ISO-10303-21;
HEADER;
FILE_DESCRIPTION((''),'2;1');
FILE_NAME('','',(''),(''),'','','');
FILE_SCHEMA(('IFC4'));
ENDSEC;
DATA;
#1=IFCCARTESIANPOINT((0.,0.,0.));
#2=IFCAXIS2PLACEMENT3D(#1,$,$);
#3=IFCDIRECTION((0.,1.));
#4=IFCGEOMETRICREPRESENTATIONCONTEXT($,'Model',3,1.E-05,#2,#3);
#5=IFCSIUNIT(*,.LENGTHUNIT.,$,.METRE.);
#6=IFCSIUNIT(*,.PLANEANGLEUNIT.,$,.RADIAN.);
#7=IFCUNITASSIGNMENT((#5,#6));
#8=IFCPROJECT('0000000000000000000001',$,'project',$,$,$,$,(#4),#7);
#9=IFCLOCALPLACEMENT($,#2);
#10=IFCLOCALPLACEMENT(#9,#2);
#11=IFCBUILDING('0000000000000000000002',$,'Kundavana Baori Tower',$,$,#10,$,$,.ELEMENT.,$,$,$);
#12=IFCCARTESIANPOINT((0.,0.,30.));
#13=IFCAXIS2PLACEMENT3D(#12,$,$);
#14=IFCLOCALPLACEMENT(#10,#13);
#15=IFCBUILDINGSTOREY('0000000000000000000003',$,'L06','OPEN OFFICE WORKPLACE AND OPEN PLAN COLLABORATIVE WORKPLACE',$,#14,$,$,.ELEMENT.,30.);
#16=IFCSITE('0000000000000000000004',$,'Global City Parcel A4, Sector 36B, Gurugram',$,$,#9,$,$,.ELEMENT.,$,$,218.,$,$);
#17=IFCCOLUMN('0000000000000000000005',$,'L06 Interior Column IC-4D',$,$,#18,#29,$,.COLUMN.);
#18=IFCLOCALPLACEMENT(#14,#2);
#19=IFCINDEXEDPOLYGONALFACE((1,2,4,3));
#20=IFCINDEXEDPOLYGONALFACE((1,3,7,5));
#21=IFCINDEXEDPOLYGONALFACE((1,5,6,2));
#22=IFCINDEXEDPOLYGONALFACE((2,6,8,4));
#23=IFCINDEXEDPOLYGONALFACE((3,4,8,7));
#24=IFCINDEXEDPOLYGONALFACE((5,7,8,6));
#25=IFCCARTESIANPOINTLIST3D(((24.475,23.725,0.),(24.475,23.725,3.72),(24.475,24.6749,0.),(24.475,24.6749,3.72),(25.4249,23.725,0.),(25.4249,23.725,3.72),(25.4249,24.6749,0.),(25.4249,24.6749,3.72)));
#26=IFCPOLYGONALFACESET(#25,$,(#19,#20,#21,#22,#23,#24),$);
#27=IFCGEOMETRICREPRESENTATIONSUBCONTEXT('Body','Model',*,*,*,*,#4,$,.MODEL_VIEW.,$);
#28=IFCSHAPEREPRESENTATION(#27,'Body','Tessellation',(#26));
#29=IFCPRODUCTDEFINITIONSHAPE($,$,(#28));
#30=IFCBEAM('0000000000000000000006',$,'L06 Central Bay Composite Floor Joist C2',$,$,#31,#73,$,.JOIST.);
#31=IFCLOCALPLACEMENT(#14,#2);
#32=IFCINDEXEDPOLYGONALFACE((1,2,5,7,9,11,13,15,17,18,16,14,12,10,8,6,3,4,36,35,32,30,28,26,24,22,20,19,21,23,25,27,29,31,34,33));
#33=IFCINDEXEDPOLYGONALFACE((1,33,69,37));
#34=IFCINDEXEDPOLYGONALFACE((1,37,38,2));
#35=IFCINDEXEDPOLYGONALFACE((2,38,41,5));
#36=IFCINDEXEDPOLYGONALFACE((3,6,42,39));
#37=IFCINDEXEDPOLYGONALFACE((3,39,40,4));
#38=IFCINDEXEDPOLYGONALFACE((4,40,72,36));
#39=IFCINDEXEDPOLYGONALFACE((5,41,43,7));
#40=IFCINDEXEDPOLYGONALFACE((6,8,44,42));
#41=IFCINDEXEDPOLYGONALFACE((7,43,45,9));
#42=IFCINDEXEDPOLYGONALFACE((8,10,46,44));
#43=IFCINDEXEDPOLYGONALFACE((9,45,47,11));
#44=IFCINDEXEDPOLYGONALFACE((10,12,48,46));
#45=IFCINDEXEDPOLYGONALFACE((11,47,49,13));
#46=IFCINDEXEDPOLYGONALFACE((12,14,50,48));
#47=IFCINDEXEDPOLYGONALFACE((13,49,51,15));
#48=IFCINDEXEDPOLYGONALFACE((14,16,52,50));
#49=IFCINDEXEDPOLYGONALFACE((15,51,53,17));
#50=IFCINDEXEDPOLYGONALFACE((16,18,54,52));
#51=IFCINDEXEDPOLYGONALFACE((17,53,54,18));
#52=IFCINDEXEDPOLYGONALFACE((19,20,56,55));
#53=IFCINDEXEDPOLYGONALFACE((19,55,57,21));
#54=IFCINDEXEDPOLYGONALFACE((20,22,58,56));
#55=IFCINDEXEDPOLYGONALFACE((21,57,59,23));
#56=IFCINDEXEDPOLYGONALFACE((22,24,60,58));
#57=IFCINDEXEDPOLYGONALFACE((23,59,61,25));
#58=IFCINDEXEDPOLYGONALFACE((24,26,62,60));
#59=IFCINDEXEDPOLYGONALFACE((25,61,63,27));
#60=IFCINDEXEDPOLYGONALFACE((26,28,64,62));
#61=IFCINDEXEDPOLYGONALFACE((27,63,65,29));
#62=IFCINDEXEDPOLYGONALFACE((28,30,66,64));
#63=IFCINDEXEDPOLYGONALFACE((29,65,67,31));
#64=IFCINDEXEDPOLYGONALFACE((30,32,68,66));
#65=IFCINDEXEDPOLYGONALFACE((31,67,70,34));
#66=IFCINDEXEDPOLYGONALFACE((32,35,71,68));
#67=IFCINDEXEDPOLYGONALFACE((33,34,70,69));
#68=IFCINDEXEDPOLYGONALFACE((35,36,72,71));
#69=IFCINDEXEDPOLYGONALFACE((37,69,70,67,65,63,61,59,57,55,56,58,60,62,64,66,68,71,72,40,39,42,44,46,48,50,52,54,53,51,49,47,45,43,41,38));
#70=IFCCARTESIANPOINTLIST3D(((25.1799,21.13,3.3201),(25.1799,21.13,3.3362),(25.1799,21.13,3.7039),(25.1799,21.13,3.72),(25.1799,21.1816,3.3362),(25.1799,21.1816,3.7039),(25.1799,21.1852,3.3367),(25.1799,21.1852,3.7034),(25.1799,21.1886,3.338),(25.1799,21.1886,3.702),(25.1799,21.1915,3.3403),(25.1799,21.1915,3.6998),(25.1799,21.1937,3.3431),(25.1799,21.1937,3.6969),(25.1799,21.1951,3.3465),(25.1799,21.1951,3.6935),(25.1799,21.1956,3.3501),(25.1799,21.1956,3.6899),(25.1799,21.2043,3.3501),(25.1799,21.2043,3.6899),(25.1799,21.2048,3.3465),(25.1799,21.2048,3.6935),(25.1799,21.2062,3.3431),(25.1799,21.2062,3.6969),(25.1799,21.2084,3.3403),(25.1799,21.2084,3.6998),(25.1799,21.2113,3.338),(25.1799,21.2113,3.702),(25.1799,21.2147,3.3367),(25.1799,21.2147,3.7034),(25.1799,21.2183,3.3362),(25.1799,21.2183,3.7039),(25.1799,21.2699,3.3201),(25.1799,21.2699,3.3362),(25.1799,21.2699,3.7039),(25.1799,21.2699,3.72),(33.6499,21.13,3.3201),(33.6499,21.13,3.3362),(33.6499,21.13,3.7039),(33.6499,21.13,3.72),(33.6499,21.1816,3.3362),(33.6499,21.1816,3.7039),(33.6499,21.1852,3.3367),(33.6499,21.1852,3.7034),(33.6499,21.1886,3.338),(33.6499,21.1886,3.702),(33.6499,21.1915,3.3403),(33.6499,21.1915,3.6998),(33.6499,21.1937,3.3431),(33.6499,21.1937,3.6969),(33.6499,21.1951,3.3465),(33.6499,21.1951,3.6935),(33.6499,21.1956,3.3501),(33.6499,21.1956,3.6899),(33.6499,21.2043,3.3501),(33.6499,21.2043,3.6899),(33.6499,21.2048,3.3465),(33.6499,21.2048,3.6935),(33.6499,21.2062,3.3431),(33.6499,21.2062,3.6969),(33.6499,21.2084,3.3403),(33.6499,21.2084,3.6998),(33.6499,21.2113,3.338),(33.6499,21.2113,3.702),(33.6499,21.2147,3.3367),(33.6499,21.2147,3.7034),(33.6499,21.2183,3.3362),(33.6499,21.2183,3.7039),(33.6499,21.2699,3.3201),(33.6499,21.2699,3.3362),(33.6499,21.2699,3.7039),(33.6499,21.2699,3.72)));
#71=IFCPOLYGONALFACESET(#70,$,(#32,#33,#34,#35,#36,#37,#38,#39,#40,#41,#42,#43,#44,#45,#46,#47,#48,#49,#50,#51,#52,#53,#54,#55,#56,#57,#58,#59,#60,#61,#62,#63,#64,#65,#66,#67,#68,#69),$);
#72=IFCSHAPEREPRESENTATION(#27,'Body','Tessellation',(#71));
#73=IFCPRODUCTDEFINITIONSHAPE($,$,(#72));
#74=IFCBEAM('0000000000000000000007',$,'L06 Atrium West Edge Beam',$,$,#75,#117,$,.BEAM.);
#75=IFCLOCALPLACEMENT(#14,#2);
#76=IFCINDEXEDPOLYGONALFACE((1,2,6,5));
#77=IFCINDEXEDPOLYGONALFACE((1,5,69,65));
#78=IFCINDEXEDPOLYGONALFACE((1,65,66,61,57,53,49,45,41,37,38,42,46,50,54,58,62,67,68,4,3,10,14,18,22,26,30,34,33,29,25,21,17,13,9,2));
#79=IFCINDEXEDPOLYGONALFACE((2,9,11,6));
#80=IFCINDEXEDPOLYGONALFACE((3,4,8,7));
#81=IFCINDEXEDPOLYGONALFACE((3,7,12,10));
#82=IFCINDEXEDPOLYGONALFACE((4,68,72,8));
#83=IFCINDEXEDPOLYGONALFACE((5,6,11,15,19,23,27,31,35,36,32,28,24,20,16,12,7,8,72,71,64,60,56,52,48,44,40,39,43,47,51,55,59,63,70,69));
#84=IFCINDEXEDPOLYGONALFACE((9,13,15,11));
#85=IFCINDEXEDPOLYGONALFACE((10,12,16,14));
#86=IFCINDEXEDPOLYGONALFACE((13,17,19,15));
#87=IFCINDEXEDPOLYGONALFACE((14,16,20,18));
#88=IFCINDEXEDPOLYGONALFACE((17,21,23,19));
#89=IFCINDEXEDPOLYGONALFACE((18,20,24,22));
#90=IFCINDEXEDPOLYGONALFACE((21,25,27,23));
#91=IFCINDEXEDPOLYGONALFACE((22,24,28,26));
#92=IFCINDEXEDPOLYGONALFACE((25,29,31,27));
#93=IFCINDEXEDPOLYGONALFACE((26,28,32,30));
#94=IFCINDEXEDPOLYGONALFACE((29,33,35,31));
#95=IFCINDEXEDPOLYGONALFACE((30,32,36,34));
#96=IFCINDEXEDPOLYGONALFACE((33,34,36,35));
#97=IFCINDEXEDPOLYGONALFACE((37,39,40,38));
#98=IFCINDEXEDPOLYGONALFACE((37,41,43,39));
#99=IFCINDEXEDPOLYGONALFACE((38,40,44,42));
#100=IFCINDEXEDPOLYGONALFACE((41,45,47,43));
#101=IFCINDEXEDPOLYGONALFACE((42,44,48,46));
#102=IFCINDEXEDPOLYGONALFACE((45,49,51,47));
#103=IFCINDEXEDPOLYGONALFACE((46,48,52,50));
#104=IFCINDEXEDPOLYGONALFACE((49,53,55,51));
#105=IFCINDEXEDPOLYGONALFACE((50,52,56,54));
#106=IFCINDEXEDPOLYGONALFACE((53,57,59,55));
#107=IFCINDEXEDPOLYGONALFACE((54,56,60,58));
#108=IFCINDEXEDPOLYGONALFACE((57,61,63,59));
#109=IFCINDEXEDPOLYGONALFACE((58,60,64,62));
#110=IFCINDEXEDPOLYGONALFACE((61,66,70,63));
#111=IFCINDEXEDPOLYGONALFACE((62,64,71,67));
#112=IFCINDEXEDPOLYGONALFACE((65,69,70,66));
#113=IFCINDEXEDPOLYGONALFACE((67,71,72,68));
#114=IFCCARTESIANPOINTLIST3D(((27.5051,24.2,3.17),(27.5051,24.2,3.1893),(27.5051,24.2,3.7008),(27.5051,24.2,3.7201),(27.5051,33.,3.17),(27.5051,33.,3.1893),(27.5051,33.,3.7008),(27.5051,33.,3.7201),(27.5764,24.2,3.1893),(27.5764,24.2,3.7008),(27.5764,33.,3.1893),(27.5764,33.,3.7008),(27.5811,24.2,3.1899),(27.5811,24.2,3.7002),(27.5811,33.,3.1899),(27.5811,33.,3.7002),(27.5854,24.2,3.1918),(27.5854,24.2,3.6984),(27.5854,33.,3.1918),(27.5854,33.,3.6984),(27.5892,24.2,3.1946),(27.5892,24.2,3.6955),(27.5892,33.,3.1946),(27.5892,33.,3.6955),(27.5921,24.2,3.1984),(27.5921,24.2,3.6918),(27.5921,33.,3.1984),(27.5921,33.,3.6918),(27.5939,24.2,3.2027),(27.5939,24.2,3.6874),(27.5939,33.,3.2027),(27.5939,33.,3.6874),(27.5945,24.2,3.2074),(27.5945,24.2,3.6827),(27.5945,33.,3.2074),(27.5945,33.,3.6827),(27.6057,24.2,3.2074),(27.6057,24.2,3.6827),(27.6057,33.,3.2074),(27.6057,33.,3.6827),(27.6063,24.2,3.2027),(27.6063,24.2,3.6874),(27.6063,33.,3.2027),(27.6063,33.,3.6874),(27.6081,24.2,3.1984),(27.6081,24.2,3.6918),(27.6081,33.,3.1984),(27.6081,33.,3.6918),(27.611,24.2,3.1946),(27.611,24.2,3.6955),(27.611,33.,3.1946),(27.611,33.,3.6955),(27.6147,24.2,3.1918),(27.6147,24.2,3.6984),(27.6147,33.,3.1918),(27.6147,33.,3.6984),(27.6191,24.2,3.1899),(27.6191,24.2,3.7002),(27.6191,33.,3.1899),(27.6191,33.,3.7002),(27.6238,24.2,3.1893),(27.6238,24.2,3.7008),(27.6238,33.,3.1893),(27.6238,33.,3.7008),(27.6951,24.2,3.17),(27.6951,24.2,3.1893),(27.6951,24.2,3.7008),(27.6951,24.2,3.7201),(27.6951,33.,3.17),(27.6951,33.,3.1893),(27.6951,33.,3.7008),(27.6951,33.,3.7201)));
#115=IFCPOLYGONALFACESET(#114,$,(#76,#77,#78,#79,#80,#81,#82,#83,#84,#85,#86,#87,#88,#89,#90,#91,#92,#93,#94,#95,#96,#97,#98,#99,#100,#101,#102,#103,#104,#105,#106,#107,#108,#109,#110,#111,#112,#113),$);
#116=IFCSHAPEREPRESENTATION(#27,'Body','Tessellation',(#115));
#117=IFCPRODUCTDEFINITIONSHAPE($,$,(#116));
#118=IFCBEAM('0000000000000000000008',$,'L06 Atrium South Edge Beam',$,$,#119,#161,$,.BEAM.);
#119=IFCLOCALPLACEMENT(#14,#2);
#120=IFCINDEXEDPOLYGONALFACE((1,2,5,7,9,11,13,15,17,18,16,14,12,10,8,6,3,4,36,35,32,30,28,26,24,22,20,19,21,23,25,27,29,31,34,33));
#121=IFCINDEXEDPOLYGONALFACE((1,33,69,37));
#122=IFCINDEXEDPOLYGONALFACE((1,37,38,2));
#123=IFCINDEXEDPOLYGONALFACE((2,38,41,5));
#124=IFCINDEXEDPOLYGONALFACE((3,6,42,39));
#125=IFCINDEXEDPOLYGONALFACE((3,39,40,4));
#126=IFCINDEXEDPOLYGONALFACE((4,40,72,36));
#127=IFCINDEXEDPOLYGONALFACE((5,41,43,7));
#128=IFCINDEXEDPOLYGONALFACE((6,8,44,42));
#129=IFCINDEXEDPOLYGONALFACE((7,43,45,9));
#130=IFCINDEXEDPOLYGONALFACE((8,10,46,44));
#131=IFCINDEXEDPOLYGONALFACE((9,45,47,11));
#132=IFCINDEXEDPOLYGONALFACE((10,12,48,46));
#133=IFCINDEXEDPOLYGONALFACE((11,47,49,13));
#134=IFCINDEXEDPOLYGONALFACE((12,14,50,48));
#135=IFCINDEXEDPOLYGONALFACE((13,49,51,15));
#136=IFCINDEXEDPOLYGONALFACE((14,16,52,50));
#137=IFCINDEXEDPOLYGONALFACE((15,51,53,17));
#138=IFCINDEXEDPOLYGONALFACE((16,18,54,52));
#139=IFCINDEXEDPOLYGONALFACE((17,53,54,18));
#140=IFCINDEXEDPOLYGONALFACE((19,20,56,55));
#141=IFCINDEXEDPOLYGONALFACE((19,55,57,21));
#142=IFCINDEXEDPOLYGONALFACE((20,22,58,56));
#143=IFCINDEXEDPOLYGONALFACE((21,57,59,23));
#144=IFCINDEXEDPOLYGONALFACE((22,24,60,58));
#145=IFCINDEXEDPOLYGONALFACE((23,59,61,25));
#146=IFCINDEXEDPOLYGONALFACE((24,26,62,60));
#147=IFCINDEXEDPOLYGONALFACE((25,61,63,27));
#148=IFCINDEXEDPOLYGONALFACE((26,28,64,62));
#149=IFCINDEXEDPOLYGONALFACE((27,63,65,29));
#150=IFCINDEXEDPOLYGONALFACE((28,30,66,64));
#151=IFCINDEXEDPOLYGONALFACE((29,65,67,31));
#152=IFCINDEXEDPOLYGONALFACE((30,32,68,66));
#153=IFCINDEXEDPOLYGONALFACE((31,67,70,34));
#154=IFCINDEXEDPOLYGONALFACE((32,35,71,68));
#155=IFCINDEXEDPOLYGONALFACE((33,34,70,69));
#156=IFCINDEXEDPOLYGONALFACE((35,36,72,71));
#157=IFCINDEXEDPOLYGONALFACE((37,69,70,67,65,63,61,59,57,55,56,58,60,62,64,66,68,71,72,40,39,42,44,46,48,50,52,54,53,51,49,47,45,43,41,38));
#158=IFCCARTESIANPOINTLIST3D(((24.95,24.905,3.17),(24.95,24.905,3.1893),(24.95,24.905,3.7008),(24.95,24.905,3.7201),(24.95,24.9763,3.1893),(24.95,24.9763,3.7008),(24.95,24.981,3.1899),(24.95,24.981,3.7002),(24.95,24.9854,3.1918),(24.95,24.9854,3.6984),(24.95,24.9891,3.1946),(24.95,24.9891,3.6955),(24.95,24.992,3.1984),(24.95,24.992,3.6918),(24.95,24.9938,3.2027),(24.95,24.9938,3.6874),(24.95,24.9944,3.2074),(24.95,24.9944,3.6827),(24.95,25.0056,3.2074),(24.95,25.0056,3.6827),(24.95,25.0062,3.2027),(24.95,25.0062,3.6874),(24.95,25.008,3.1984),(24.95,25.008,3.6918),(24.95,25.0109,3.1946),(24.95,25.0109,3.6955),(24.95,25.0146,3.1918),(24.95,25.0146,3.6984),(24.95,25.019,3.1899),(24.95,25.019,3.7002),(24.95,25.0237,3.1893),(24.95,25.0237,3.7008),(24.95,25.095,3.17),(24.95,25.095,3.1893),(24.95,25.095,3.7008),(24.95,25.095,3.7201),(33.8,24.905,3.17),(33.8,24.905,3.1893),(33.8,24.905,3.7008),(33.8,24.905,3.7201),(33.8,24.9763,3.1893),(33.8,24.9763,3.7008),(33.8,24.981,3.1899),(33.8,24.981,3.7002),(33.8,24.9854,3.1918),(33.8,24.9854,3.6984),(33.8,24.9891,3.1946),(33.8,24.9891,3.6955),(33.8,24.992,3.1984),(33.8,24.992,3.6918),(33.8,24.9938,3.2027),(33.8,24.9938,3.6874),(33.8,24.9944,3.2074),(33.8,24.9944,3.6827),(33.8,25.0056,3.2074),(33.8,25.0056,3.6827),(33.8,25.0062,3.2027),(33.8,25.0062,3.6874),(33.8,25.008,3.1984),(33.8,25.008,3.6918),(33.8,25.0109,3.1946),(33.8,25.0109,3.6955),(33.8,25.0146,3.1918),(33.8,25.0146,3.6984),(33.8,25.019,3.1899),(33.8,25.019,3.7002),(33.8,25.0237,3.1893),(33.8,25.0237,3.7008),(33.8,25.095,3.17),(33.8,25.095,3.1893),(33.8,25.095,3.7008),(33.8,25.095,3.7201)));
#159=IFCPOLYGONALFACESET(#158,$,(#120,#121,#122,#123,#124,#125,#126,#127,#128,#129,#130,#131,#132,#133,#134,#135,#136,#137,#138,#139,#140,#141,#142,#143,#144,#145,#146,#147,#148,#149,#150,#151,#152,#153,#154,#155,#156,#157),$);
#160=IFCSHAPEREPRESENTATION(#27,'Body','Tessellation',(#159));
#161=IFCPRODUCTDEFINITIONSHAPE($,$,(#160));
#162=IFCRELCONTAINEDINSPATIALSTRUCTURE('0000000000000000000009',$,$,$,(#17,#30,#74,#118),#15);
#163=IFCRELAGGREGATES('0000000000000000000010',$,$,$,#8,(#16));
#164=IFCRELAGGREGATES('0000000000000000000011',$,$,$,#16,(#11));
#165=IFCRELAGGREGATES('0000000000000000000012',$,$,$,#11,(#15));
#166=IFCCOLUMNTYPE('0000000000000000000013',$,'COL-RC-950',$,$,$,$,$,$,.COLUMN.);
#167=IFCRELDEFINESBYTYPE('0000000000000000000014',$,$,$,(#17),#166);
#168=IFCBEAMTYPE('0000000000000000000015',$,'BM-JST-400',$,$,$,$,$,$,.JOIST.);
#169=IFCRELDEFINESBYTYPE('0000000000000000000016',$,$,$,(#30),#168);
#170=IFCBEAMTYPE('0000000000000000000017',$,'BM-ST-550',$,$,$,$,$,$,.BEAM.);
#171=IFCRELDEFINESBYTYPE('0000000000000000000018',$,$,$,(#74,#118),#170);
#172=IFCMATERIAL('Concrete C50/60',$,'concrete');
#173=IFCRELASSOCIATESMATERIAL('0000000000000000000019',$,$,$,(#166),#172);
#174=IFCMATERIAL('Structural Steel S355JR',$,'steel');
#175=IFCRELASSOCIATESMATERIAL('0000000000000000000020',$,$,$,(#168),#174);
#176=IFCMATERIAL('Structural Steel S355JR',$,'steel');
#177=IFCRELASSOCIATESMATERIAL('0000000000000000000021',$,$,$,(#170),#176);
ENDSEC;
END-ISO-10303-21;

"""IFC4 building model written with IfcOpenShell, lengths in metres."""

from ifc_helpers import new_model, si_unit, direction, frame, origin, origin_2d, place, context, subcontext, project, spatial, rectangle, i_section, extrude, material, material_profile, profile_set, type_object, element, save


model = new_model("IFC4")

# Units and contexts
model_context = context("Model", 3, precision=1e-05, world=origin(), true_north=direction((0.0, 1.0)))
body_context = subcontext(model_context, "Body", "Model", "MODEL_VIEW")
ifc_project = project(units=[si_unit("LENGTHUNIT", "METRE"), si_unit("PLANEANGLEUNIT", "RADIAN")], contexts=[model_context])

# Site, building, storey
site_placement = place(None, origin())
site = spatial("IfcSite", under=ifc_project, at=site_placement, Name="Global City Parcel A4, Sector 36B, Gurugram", CompositionType="ELEMENT", RefElevation=218.0)
building_placement = place(site_placement, origin())
building = spatial("IfcBuilding", under=site, at=building_placement, Name="Kundavana Baori Tower", CompositionType="ELEMENT")
storey_placement = place(building_placement, frame((0.0, 0.0, 30.0)))
storey = spatial("IfcBuildingStorey", under=building, at=storey_placement, Name="L06", Description="OPEN OFFICE WORKPLACE AND OPEN PLAN COLLABORATIVE WORKPLACE", CompositionType="ELEMENT", Elevation=30.0)

# Column
ifc_material_1 = material(Name="Concrete C50/60", Category="concrete")
ifc_material_profile_1 = material_profile(ifc_material_1, rectangle(XDim=0.95, YDim=0.95, at=origin_2d()), Name="RC 950x950")
ifc_profile_set_1 = profile_set([ifc_material_profile_1], Name="Concrete C50/60")
column_type = type_object("IfcColumnType", Name="COL-RC-950", PredefinedType="COLUMN", material=ifc_profile_set_1)
column_placement = place(storey_placement, frame((24.95, 24.2, 0.0), z_axis=(0.0, 0.0, 1.0), x_axis=(1.0, 0.0, 0.0)))
element("IfcColumn", 1, at=column_placement, inside=storey, type_object=column_type, Name="L06 Interior Column IC-4D", PredefinedType="COLUMN", context=body_context, shape_type="SweptSolid", body=[
    extrude(rectangle(XDim=0.95, YDim=0.95, at=origin_2d()), origin(), (0.0, 0.0, 1.0), 3.72),
])

# Beams
ifc_material_2 = material(Name="Structural Steel S355JR", Category="steel")
ifc_material_profile_2 = material_profile(ifc_material_2, i_section(OverallWidth=0.1399, OverallDepth=0.3999, WebThickness=0.0088, FlangeThickness=0.0161, FilletRadius=0.0139, at=origin_2d()), Name="ISMB 400")
ifc_profile_set_2 = profile_set([ifc_material_profile_2], Name="Structural Steel S355JR")
beam_type_1 = type_object("IfcBeamType", Name="BM-JST-400", PredefinedType="JOIST", material=ifc_profile_set_2)
beam_1_placement = place(storey_placement, frame((25.1799, 21.2, 3.52), z_axis=(1.0, 0.0, 0.0), x_axis=(0.0, 1.0, 0.0)))
element("IfcBeam", 2, at=beam_1_placement, inside=storey, type_object=beam_type_1, Name="L06 Central Bay Composite Floor Joist C2", PredefinedType="JOIST", context=body_context, shape_type="SweptSolid", body=[
    extrude(i_section(OverallWidth=0.1399, OverallDepth=0.3999, WebThickness=0.0088, FlangeThickness=0.0161, FilletRadius=0.0139, at=origin_2d()), origin(), (0.0, 0.0, 1.0), 8.47),
])
ifc_material_3 = material(Name="Structural Steel S355JR", Category="steel")
ifc_material_profile_3 = material_profile(ifc_material_3, i_section(OverallWidth=0.1899, OverallDepth=0.55, WebThickness=0.0112, FlangeThickness=0.0193, FilletRadius=0.0181, at=origin_2d()), Name="ISMB 550")
ifc_profile_set_3 = profile_set([ifc_material_profile_3], Name="Structural Steel S355JR")
beam_type_2 = type_object("IfcBeamType", Name="BM-ST-550", PredefinedType="BEAM", material=ifc_profile_set_3)
beam_2_placement = place(storey_placement, frame((27.6001, 24.2, 3.4451), z_axis=(0.0, 1.0, 0.0), x_axis=(-1.0, 0.0, 0.0)))
element("IfcBeam", 3, at=beam_2_placement, inside=storey, type_object=beam_type_2, Name="L06 Atrium West Edge Beam", PredefinedType="BEAM", context=body_context, shape_type="SweptSolid", body=[
    extrude(i_section(OverallWidth=0.1899, OverallDepth=0.55, WebThickness=0.0112, FlangeThickness=0.0193, FilletRadius=0.0181, at=origin_2d()), origin(), (0.0, 0.0, 1.0), 8.8),
])
beam_3_placement = place(storey_placement, frame((24.95, 25.0, 3.4451), z_axis=(1.0, 0.0, 0.0), x_axis=(0.0, 1.0, 0.0)))
element("IfcBeam", 4, at=beam_3_placement, inside=storey, type_object=beam_type_2, Name="L06 Atrium South Edge Beam", PredefinedType="BEAM", context=body_context, shape_type="SweptSolid", body=[
    extrude(i_section(OverallWidth=0.1899, OverallDepth=0.55, WebThickness=0.0112, FlangeThickness=0.0193, FilletRadius=0.0181, at=origin_2d()), origin(), (0.0, 0.0, 1.0), 8.8501),
])

save(model, "model.ifc")
